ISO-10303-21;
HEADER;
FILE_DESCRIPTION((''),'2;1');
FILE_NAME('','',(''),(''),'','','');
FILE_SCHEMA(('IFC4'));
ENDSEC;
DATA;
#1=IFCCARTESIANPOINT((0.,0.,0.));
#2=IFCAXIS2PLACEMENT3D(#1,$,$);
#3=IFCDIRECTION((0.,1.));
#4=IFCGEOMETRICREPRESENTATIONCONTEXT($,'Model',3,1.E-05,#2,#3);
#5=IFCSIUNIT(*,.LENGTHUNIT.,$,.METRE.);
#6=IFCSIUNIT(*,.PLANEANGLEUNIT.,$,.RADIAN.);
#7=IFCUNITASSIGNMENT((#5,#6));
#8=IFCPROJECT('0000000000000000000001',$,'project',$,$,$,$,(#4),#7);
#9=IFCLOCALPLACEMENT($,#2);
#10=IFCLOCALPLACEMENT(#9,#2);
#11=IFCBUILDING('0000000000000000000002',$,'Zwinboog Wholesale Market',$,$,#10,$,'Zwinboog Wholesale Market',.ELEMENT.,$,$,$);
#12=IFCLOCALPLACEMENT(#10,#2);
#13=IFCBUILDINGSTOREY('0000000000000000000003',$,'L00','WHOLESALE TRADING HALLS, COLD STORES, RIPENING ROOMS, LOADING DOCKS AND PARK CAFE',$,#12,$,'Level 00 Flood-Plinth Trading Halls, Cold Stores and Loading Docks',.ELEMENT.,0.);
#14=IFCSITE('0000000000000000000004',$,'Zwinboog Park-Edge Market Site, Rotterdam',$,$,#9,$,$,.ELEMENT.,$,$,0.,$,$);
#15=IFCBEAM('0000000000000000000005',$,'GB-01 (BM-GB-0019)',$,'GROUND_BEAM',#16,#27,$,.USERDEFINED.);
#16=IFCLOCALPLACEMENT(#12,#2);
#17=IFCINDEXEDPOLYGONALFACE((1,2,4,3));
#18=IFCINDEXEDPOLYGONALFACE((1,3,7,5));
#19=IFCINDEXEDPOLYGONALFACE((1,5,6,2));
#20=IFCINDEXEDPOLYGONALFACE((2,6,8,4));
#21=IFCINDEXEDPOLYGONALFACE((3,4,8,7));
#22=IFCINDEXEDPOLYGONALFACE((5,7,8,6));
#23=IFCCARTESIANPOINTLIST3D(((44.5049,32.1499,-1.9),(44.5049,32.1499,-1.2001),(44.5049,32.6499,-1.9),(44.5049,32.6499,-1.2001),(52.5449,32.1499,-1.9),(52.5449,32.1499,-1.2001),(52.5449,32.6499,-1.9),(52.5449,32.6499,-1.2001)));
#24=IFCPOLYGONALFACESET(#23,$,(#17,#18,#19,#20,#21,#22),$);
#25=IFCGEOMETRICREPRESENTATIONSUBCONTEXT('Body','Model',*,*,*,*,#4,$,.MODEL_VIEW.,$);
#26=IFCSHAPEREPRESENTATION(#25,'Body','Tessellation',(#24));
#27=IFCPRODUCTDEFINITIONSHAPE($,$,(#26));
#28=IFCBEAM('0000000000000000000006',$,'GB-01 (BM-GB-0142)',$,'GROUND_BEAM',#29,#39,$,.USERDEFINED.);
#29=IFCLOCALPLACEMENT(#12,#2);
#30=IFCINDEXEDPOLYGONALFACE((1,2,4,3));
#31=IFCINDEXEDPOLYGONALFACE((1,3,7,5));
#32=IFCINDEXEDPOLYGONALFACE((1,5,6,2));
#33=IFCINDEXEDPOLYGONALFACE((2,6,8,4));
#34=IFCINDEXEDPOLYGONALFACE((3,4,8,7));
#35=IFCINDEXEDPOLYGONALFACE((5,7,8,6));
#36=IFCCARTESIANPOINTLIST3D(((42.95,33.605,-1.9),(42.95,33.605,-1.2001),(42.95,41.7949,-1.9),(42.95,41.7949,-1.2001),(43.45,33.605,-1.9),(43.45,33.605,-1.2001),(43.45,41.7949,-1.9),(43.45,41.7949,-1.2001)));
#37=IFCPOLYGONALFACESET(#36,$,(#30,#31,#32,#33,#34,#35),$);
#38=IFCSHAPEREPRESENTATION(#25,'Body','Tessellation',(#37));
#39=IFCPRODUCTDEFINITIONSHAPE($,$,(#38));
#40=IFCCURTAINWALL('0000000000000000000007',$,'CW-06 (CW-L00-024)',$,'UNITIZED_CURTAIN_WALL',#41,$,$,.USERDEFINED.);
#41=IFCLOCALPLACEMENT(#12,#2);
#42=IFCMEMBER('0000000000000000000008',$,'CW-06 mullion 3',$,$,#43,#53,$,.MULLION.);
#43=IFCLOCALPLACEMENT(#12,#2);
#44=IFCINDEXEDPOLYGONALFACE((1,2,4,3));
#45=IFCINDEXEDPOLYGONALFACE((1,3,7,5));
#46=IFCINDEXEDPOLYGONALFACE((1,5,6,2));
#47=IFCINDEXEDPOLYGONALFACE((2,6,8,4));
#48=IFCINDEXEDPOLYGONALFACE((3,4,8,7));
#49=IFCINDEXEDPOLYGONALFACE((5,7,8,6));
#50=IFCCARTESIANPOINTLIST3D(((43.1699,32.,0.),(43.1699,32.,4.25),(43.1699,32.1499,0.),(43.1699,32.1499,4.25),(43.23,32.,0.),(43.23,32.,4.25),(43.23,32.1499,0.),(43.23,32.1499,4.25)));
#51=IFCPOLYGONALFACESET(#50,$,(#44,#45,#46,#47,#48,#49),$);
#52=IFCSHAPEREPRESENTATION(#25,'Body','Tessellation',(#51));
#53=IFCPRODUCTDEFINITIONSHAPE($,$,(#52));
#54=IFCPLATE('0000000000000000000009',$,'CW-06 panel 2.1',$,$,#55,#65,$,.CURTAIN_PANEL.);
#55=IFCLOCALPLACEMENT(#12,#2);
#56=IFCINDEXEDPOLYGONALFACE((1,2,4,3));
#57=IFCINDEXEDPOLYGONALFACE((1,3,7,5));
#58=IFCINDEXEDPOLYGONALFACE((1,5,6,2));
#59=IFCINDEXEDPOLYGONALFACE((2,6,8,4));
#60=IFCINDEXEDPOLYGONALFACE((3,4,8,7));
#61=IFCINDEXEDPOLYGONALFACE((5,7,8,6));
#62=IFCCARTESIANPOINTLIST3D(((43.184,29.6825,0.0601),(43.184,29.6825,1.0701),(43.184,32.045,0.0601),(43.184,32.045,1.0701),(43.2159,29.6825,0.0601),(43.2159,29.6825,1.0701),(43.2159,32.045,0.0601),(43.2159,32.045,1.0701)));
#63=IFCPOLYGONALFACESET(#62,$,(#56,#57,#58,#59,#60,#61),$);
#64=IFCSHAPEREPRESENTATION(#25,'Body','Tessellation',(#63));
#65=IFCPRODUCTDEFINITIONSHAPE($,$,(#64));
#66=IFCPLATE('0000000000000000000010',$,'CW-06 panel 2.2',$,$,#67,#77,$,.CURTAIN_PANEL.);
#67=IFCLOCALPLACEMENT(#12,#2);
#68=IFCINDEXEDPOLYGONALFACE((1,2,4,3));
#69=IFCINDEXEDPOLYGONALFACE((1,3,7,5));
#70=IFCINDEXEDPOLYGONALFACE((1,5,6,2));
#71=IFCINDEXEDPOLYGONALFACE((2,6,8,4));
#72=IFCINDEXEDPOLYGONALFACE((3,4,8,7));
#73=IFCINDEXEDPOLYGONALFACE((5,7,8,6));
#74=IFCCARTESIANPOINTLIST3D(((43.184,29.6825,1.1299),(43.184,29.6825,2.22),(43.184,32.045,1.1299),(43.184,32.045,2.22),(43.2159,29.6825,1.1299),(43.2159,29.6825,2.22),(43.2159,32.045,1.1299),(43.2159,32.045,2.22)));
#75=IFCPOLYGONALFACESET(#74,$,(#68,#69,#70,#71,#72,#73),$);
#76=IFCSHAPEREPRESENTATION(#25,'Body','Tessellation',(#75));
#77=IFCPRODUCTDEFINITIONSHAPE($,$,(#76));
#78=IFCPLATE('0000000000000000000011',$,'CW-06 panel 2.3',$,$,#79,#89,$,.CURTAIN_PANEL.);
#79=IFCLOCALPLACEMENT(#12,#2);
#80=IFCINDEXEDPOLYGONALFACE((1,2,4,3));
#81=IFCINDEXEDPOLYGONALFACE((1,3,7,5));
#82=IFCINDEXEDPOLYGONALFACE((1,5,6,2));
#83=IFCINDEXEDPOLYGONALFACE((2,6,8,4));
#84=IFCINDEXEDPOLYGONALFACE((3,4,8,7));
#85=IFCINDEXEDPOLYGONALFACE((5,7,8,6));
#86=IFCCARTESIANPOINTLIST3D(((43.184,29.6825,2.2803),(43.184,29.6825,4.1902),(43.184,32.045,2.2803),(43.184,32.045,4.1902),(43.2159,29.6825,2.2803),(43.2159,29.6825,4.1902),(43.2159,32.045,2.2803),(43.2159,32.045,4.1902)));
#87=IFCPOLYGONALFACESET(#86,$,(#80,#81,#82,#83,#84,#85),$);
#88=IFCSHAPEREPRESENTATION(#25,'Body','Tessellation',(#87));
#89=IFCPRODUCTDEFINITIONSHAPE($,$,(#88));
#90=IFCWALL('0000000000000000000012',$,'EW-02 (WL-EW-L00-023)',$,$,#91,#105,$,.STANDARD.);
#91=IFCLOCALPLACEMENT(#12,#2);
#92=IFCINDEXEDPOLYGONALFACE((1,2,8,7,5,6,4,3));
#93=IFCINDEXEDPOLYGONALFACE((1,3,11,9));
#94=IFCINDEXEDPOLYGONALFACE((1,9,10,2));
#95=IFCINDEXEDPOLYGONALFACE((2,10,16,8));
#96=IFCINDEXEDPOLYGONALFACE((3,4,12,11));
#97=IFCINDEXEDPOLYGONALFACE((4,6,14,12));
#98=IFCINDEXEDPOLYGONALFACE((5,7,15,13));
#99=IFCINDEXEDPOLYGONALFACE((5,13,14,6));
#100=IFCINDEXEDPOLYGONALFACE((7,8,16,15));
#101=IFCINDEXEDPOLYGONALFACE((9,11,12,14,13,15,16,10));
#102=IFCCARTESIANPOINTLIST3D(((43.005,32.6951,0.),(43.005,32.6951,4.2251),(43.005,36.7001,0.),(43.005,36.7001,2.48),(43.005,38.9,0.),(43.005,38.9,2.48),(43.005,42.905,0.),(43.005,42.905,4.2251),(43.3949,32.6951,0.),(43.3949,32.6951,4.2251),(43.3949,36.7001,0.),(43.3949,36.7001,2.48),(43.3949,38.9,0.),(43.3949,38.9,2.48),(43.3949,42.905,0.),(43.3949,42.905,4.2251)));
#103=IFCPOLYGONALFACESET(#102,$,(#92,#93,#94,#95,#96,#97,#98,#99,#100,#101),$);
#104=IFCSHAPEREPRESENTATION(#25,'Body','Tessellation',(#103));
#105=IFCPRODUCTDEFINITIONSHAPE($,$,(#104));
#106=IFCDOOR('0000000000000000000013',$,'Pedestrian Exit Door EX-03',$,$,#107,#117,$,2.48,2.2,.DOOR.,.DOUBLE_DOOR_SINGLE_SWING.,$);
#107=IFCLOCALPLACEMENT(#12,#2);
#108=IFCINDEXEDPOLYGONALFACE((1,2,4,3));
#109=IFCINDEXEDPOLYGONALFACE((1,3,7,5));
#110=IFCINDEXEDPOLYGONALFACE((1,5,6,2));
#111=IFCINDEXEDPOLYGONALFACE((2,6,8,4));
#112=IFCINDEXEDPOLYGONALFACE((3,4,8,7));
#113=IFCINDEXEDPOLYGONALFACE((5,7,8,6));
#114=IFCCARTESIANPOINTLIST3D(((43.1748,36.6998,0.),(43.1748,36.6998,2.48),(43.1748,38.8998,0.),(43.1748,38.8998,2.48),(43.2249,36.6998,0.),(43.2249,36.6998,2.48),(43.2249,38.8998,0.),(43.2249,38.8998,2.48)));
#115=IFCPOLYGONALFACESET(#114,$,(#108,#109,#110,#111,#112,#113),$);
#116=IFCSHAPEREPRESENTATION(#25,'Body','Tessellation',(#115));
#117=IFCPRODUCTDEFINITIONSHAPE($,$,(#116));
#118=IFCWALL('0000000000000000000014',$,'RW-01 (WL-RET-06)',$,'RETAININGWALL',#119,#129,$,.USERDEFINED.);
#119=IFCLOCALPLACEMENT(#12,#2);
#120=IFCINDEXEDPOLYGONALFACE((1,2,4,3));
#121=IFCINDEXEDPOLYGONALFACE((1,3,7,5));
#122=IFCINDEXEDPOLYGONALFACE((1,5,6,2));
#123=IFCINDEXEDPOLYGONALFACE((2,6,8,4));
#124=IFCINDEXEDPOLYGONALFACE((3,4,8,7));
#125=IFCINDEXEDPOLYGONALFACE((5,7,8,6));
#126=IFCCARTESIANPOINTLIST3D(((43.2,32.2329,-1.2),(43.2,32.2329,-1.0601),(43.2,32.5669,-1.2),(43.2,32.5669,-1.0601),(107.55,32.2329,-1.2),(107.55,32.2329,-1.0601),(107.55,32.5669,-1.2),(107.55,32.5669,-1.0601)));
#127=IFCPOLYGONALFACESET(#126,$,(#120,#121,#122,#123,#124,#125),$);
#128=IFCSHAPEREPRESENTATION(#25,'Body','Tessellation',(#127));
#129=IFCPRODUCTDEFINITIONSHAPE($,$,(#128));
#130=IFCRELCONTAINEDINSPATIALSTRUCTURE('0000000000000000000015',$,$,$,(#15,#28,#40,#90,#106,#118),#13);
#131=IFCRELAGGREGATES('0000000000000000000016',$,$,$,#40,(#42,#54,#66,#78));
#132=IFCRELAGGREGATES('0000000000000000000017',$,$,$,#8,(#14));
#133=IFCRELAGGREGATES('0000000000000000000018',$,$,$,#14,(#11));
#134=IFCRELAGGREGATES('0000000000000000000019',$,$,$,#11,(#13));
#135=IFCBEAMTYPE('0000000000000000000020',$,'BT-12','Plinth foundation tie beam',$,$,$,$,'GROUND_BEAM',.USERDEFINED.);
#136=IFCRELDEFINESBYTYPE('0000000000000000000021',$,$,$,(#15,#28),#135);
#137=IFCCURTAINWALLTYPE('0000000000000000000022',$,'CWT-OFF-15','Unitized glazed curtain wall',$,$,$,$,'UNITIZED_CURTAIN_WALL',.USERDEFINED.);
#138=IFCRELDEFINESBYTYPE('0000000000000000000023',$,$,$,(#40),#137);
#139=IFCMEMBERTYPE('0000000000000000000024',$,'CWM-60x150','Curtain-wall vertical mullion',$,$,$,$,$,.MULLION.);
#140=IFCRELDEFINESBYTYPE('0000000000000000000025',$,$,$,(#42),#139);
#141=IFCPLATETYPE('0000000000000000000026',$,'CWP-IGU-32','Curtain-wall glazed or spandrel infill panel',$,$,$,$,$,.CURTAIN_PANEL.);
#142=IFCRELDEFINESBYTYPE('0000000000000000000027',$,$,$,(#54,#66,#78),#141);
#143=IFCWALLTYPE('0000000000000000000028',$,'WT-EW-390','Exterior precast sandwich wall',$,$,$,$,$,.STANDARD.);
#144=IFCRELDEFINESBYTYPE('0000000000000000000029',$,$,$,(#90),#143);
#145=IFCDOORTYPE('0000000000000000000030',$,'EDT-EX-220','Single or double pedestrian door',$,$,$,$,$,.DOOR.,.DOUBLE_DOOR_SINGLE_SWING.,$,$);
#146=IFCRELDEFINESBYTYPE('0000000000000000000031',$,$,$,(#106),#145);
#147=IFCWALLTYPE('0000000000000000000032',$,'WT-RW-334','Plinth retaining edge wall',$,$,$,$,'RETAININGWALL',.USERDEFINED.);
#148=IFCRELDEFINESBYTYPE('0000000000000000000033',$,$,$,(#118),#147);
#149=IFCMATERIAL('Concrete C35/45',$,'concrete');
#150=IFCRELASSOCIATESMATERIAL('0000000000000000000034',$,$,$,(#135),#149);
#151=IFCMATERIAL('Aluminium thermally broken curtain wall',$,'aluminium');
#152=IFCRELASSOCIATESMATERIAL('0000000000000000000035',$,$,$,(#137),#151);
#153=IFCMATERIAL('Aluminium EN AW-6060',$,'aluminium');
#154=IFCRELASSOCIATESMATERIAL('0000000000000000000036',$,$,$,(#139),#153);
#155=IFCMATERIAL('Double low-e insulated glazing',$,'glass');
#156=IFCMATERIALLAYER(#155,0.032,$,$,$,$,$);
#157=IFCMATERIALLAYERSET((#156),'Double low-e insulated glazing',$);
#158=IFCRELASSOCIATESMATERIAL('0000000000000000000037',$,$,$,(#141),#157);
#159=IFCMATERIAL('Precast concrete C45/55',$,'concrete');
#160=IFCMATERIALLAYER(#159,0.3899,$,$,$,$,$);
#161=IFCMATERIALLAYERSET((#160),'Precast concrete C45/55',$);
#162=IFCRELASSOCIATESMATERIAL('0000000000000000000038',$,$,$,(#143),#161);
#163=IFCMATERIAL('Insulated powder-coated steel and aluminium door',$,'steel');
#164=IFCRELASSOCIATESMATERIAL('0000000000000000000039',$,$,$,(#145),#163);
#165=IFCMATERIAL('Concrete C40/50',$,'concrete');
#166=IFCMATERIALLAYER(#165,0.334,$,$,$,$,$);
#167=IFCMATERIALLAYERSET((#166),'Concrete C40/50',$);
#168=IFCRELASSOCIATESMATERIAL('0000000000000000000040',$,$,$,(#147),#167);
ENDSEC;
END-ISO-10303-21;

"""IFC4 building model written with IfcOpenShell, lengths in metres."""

from ifc_helpers import new_model, si_unit, direction, frame, frame_2d, origin, origin_2d, place, context, subcontext, project, spatial, rectangle, extrude, material, layer, layer_set, material_profile, profile_set, type_object, element, fill, aggregate, save


model = new_model("IFC4")

# Units and contexts
model_context = context("Model", 3, precision=1e-05, world=origin(), true_north=direction((0.0, 1.0)))
body_context = subcontext(model_context, "Body", "Model", "MODEL_VIEW")
ifc_project = project(units=[si_unit("LENGTHUNIT", "METRE"), si_unit("PLANEANGLEUNIT", "RADIAN")], contexts=[model_context])

# Site, building, storey
site_placement = place(None, origin())
site = spatial("IfcSite", under=ifc_project, at=site_placement, Name="Zwinboog Park-Edge Market Site, Rotterdam", CompositionType="ELEMENT", RefElevation=0.0)
building_placement = place(site_placement, origin())
building = spatial("IfcBuilding", under=site, at=building_placement, Name="Zwinboog Wholesale Market", LongName="Zwinboog Wholesale Market", CompositionType="ELEMENT")
storey_placement = place(building_placement, origin())
storey = spatial("IfcBuildingStorey", under=building, at=storey_placement, Name="L00", Description="WHOLESALE TRADING HALLS, COLD STORES, RIPENING ROOMS, LOADING DOCKS AND PARK CAFE", LongName="Level 00 Flood-Plinth Trading Halls, Cold Stores and Loading Docks", CompositionType="ELEMENT", Elevation=0.0)

# Shared definitions
ifc_material_1 = material(Name="Concrete C40/50", Category="concrete")

# Shared definitions
ifc_material_2 = material(Name="Concrete C35/45", Category="concrete")

# Shared definitions
ifc_material_3 = material(Name="Precast concrete C45/55", Category="concrete")

# Beams
ifc_material_profile_1 = material_profile(ifc_material_2, rectangle(XDim=0.5, YDim=0.7, at=origin_2d()), Name="RC 500x700")
ifc_profile_set_1 = profile_set([ifc_material_profile_1], Name="Concrete C35/45")
beam_type_1 = type_object("IfcBeamType", Name="BT-12", Description="Plinth foundation tie beam", ElementType="GROUND_BEAM", PredefinedType="USERDEFINED", material=ifc_profile_set_1)
beam_1_placement = place(storey_placement, frame((44.5049, 32.3999, -1.55), z_axis=(1.0, 0.0, 0.0), x_axis=(0.0, 1.0, 0.0)))
element("IfcBeam", 1, at=beam_1_placement, inside=storey, type_object=beam_type_1, Name="GB-01 (BM-GB-0019)", ObjectType="GROUND_BEAM", PredefinedType="USERDEFINED", context=body_context, shape_type="SweptSolid", body=[
    extrude(rectangle(XDim=0.5, YDim=0.7, at=origin_2d()), origin(), (0.0, 0.0, 1.0), 8.04),
])
beam_2_placement = place(storey_placement, frame((43.2, 33.605, -1.55), z_axis=(0.0, 1.0, 0.0), x_axis=(-1.0, 0.0, 0.0)))
element("IfcBeam", 2, at=beam_2_placement, inside=storey, type_object=beam_type_1, Name="GB-01 (BM-GB-0142)", ObjectType="GROUND_BEAM", PredefinedType="USERDEFINED", context=body_context, shape_type="SweptSolid", body=[
    extrude(rectangle(XDim=0.5, YDim=0.7, at=origin_2d()), origin(), (0.0, 0.0, 1.0), 8.1899),
])

# Curtain wall, member, plates
ifc_material_4 = material(Name="Aluminium thermally broken curtain wall", Category="aluminium")
curtain_wall_type = type_object("IfcCurtainWallType", Name="CWT-OFF-15", Description="Unitized glazed curtain wall", ElementType="UNITIZED_CURTAIN_WALL", PredefinedType="USERDEFINED", material=ifc_material_4)
curtain_wall_placement = place(storey_placement, origin())
curtain_wall = element("IfcCurtainWall", 3, at=curtain_wall_placement, inside=storey, type_object=curtain_wall_type, Name="CW-06 (CW-L00-024)", ObjectType="UNITIZED_CURTAIN_WALL", PredefinedType="USERDEFINED")
ifc_material_5 = material(Name="Aluminium EN AW-6060", Category="aluminium")
ifc_material_profile_2 = material_profile(ifc_material_5, rectangle(XDim=0.0601, YDim=0.1499, at=origin_2d()), Name="AL 60x150")
ifc_profile_set_2 = profile_set([ifc_material_profile_2], Name="Aluminium EN AW-6060")
member_type = type_object("IfcMemberType", Name="CWM-60x150", Description="Curtain-wall vertical mullion", PredefinedType="MULLION", material=ifc_profile_set_2)
member_placement = place(storey_placement, frame((43.2, 32.075, 0.0), z_axis=(0.0, 0.0, 1.0), x_axis=(-1.0, 0.0, 0.0)))
member = element("IfcMember", 4, at=member_placement, type_object=member_type, Name="CW-06 mullion 3", PredefinedType="MULLION", context=body_context, shape_type="SweptSolid", body=[
    extrude(rectangle(XDim=0.0601, YDim=0.1499, at=origin_2d()), origin(), (0.0, 0.0, 1.0), 4.25),
])
ifc_material_6 = material(Name="Double low-e insulated glazing", Category="glass")
ifc_layer_1 = layer(ifc_material_6, 0.032)
ifc_layer_set_1 = layer_set([ifc_layer_1], Name="Double low-e insulated glazing")
plate_type = type_object("IfcPlateType", Name="CWP-IGU-32", Description="Curtain-wall glazed or spandrel infill panel", PredefinedType="CURTAIN_PANEL", material=ifc_layer_set_1)
plate_1_placement = place(storey_placement, frame((43.2, 30.8638, 0.0601), z_axis=(0.0, 0.0, 1.0), x_axis=(0.0, 1.0, 0.0)))
plate_1 = element("IfcPlate", 5, at=plate_1_placement, type_object=plate_type, Name="CW-06 panel 2.1", PredefinedType="CURTAIN_PANEL", context=body_context, shape_type="SweptSolid", body=[
    extrude(rectangle(XDim=2.3625, YDim=0.032, at=origin_2d()), origin(), (0.0, 0.0, 1.0), 1.01),
])
plate_2_placement = place(storey_placement, frame((43.2, 30.8638, 1.1299), z_axis=(0.0, 0.0, 1.0), x_axis=(0.0, 1.0, 0.0)))
plate_2 = element("IfcPlate", 6, at=plate_2_placement, type_object=plate_type, Name="CW-06 panel 2.2", PredefinedType="CURTAIN_PANEL", context=body_context, shape_type="SweptSolid", body=[
    extrude(rectangle(XDim=2.3625, YDim=0.032, at=origin_2d()), origin(), (0.0, 0.0, 1.0), 1.0901),
])
plate_3_placement = place(storey_placement, frame((43.2, 30.8638, 2.2803), z_axis=(0.0, 0.0, 1.0), x_axis=(0.0, 1.0, 0.0)))
plate_3 = element("IfcPlate", 7, at=plate_3_placement, type_object=plate_type, Name="CW-06 panel 2.3", PredefinedType="CURTAIN_PANEL", context=body_context, shape_type="SweptSolid", body=[
    extrude(rectangle(XDim=2.3625, YDim=0.032, at=origin_2d()), origin(), (0.0, 0.0, 1.0), 1.9099),
])
aggregate(curtain_wall, [member, plate_1, plate_2, plate_3])

# Wall, opening, door
ifc_layer_2 = layer(ifc_material_3, 0.3899)
ifc_layer_set_2 = layer_set([ifc_layer_2], Name="Precast concrete C45/55")
wall_type_1 = type_object("IfcWallType", Name="WT-EW-390", Description="Exterior precast sandwich wall", PredefinedType="STANDARD", material=ifc_layer_set_2)
wall_1_placement = place(storey_placement, frame((43.2, 32.6951, 0.0), z_axis=(0.0, 0.0, 1.0), x_axis=(0.0, 1.0, 0.0)))
wall_1 = element("IfcWall", 8, at=wall_1_placement, inside=storey, type_object=wall_type_1, Name="EW-02 (WL-EW-L00-023)", PredefinedType="STANDARD", context=body_context, shape_type="SweptSolid", body=[
    extrude(rectangle(XDim=10.21, YDim=0.3899, at=frame_2d((5.105, 0.0))), origin(), (0.0, 0.0, 1.0), 4.2251),
])
opening_placement = place(wall_1_placement, frame((4.0049, 0.0, 0.0)))
opening = element("IfcOpeningElement", 9, at=opening_placement, cuts=wall_1, PredefinedType="OPENING", context=body_context, shape_type="SweptSolid", body=[
    extrude(rectangle(XDim=2.2, YDim=2.48, at=frame_2d((1.1001, 1.24))), frame((0.0, 0.2048, 0.0), z_axis=(0.0, -1.0, 0.0), x_axis=(1.0, 0.0, 0.0)), (0.0, 0.0, 1.0), 0.4099),
])
ifc_material_7 = material(Name="Insulated powder-coated steel and aluminium door", Category="steel")
door_type = type_object("IfcDoorType", Name="EDT-EX-220", Description="Single or double pedestrian door", OperationType="DOUBLE_DOOR_SINGLE_SWING", PredefinedType="DOOR", material=ifc_material_7)
door_placement = place(opening_placement, frame((2.2, 0.0, 0.0), z_axis=(0.0, 0.0, 1.0), x_axis=(-1.0, 0.0, 0.0)))
door = element("IfcDoor", 10, at=door_placement, inside=storey, type_object=door_type, Name="Pedestrian Exit Door EX-03", OperationType="DOUBLE_DOOR_SINGLE_SWING", OverallHeight=2.48, OverallWidth=2.2, PredefinedType="DOOR", context=body_context, shape_type="SweptSolid", body=[
    extrude(rectangle(XDim=2.2, YDim=2.48, at=frame_2d((1.1001, 1.24))), frame((0.0, 0.0249, 0.0), z_axis=(0.0, -1.0, 0.0), x_axis=(1.0, 0.0, 0.0)), (0.0, 0.0, 1.0), 0.05),
])
fill(opening, door)

# Wall
ifc_layer_3 = layer(ifc_material_1, 0.334)
ifc_layer_set_3 = layer_set([ifc_layer_3], Name="Concrete C40/50")
wall_type_2 = type_object("IfcWallType", Name="WT-RW-334", Description="Plinth retaining edge wall", ElementType="RETAININGWALL", PredefinedType="USERDEFINED", material=ifc_layer_set_3)
wall_2_placement = place(storey_placement, frame((43.2, 32.3999, -1.2), z_axis=(0.0, 0.0, 1.0), x_axis=(1.0, 0.0, 0.0)))
element("IfcWall", 11, at=wall_2_placement, inside=storey, type_object=wall_type_2, Name="RW-01 (WL-RET-06)", ObjectType="RETAININGWALL", PredefinedType="USERDEFINED", context=body_context, shape_type="SweptSolid", body=[
    extrude(rectangle(XDim=64.3501, YDim=0.334, at=frame_2d((32.175, 0.0))), origin(), (0.0, 0.0, 1.0), 0.1399),
])

save(model, "model.ifc")
